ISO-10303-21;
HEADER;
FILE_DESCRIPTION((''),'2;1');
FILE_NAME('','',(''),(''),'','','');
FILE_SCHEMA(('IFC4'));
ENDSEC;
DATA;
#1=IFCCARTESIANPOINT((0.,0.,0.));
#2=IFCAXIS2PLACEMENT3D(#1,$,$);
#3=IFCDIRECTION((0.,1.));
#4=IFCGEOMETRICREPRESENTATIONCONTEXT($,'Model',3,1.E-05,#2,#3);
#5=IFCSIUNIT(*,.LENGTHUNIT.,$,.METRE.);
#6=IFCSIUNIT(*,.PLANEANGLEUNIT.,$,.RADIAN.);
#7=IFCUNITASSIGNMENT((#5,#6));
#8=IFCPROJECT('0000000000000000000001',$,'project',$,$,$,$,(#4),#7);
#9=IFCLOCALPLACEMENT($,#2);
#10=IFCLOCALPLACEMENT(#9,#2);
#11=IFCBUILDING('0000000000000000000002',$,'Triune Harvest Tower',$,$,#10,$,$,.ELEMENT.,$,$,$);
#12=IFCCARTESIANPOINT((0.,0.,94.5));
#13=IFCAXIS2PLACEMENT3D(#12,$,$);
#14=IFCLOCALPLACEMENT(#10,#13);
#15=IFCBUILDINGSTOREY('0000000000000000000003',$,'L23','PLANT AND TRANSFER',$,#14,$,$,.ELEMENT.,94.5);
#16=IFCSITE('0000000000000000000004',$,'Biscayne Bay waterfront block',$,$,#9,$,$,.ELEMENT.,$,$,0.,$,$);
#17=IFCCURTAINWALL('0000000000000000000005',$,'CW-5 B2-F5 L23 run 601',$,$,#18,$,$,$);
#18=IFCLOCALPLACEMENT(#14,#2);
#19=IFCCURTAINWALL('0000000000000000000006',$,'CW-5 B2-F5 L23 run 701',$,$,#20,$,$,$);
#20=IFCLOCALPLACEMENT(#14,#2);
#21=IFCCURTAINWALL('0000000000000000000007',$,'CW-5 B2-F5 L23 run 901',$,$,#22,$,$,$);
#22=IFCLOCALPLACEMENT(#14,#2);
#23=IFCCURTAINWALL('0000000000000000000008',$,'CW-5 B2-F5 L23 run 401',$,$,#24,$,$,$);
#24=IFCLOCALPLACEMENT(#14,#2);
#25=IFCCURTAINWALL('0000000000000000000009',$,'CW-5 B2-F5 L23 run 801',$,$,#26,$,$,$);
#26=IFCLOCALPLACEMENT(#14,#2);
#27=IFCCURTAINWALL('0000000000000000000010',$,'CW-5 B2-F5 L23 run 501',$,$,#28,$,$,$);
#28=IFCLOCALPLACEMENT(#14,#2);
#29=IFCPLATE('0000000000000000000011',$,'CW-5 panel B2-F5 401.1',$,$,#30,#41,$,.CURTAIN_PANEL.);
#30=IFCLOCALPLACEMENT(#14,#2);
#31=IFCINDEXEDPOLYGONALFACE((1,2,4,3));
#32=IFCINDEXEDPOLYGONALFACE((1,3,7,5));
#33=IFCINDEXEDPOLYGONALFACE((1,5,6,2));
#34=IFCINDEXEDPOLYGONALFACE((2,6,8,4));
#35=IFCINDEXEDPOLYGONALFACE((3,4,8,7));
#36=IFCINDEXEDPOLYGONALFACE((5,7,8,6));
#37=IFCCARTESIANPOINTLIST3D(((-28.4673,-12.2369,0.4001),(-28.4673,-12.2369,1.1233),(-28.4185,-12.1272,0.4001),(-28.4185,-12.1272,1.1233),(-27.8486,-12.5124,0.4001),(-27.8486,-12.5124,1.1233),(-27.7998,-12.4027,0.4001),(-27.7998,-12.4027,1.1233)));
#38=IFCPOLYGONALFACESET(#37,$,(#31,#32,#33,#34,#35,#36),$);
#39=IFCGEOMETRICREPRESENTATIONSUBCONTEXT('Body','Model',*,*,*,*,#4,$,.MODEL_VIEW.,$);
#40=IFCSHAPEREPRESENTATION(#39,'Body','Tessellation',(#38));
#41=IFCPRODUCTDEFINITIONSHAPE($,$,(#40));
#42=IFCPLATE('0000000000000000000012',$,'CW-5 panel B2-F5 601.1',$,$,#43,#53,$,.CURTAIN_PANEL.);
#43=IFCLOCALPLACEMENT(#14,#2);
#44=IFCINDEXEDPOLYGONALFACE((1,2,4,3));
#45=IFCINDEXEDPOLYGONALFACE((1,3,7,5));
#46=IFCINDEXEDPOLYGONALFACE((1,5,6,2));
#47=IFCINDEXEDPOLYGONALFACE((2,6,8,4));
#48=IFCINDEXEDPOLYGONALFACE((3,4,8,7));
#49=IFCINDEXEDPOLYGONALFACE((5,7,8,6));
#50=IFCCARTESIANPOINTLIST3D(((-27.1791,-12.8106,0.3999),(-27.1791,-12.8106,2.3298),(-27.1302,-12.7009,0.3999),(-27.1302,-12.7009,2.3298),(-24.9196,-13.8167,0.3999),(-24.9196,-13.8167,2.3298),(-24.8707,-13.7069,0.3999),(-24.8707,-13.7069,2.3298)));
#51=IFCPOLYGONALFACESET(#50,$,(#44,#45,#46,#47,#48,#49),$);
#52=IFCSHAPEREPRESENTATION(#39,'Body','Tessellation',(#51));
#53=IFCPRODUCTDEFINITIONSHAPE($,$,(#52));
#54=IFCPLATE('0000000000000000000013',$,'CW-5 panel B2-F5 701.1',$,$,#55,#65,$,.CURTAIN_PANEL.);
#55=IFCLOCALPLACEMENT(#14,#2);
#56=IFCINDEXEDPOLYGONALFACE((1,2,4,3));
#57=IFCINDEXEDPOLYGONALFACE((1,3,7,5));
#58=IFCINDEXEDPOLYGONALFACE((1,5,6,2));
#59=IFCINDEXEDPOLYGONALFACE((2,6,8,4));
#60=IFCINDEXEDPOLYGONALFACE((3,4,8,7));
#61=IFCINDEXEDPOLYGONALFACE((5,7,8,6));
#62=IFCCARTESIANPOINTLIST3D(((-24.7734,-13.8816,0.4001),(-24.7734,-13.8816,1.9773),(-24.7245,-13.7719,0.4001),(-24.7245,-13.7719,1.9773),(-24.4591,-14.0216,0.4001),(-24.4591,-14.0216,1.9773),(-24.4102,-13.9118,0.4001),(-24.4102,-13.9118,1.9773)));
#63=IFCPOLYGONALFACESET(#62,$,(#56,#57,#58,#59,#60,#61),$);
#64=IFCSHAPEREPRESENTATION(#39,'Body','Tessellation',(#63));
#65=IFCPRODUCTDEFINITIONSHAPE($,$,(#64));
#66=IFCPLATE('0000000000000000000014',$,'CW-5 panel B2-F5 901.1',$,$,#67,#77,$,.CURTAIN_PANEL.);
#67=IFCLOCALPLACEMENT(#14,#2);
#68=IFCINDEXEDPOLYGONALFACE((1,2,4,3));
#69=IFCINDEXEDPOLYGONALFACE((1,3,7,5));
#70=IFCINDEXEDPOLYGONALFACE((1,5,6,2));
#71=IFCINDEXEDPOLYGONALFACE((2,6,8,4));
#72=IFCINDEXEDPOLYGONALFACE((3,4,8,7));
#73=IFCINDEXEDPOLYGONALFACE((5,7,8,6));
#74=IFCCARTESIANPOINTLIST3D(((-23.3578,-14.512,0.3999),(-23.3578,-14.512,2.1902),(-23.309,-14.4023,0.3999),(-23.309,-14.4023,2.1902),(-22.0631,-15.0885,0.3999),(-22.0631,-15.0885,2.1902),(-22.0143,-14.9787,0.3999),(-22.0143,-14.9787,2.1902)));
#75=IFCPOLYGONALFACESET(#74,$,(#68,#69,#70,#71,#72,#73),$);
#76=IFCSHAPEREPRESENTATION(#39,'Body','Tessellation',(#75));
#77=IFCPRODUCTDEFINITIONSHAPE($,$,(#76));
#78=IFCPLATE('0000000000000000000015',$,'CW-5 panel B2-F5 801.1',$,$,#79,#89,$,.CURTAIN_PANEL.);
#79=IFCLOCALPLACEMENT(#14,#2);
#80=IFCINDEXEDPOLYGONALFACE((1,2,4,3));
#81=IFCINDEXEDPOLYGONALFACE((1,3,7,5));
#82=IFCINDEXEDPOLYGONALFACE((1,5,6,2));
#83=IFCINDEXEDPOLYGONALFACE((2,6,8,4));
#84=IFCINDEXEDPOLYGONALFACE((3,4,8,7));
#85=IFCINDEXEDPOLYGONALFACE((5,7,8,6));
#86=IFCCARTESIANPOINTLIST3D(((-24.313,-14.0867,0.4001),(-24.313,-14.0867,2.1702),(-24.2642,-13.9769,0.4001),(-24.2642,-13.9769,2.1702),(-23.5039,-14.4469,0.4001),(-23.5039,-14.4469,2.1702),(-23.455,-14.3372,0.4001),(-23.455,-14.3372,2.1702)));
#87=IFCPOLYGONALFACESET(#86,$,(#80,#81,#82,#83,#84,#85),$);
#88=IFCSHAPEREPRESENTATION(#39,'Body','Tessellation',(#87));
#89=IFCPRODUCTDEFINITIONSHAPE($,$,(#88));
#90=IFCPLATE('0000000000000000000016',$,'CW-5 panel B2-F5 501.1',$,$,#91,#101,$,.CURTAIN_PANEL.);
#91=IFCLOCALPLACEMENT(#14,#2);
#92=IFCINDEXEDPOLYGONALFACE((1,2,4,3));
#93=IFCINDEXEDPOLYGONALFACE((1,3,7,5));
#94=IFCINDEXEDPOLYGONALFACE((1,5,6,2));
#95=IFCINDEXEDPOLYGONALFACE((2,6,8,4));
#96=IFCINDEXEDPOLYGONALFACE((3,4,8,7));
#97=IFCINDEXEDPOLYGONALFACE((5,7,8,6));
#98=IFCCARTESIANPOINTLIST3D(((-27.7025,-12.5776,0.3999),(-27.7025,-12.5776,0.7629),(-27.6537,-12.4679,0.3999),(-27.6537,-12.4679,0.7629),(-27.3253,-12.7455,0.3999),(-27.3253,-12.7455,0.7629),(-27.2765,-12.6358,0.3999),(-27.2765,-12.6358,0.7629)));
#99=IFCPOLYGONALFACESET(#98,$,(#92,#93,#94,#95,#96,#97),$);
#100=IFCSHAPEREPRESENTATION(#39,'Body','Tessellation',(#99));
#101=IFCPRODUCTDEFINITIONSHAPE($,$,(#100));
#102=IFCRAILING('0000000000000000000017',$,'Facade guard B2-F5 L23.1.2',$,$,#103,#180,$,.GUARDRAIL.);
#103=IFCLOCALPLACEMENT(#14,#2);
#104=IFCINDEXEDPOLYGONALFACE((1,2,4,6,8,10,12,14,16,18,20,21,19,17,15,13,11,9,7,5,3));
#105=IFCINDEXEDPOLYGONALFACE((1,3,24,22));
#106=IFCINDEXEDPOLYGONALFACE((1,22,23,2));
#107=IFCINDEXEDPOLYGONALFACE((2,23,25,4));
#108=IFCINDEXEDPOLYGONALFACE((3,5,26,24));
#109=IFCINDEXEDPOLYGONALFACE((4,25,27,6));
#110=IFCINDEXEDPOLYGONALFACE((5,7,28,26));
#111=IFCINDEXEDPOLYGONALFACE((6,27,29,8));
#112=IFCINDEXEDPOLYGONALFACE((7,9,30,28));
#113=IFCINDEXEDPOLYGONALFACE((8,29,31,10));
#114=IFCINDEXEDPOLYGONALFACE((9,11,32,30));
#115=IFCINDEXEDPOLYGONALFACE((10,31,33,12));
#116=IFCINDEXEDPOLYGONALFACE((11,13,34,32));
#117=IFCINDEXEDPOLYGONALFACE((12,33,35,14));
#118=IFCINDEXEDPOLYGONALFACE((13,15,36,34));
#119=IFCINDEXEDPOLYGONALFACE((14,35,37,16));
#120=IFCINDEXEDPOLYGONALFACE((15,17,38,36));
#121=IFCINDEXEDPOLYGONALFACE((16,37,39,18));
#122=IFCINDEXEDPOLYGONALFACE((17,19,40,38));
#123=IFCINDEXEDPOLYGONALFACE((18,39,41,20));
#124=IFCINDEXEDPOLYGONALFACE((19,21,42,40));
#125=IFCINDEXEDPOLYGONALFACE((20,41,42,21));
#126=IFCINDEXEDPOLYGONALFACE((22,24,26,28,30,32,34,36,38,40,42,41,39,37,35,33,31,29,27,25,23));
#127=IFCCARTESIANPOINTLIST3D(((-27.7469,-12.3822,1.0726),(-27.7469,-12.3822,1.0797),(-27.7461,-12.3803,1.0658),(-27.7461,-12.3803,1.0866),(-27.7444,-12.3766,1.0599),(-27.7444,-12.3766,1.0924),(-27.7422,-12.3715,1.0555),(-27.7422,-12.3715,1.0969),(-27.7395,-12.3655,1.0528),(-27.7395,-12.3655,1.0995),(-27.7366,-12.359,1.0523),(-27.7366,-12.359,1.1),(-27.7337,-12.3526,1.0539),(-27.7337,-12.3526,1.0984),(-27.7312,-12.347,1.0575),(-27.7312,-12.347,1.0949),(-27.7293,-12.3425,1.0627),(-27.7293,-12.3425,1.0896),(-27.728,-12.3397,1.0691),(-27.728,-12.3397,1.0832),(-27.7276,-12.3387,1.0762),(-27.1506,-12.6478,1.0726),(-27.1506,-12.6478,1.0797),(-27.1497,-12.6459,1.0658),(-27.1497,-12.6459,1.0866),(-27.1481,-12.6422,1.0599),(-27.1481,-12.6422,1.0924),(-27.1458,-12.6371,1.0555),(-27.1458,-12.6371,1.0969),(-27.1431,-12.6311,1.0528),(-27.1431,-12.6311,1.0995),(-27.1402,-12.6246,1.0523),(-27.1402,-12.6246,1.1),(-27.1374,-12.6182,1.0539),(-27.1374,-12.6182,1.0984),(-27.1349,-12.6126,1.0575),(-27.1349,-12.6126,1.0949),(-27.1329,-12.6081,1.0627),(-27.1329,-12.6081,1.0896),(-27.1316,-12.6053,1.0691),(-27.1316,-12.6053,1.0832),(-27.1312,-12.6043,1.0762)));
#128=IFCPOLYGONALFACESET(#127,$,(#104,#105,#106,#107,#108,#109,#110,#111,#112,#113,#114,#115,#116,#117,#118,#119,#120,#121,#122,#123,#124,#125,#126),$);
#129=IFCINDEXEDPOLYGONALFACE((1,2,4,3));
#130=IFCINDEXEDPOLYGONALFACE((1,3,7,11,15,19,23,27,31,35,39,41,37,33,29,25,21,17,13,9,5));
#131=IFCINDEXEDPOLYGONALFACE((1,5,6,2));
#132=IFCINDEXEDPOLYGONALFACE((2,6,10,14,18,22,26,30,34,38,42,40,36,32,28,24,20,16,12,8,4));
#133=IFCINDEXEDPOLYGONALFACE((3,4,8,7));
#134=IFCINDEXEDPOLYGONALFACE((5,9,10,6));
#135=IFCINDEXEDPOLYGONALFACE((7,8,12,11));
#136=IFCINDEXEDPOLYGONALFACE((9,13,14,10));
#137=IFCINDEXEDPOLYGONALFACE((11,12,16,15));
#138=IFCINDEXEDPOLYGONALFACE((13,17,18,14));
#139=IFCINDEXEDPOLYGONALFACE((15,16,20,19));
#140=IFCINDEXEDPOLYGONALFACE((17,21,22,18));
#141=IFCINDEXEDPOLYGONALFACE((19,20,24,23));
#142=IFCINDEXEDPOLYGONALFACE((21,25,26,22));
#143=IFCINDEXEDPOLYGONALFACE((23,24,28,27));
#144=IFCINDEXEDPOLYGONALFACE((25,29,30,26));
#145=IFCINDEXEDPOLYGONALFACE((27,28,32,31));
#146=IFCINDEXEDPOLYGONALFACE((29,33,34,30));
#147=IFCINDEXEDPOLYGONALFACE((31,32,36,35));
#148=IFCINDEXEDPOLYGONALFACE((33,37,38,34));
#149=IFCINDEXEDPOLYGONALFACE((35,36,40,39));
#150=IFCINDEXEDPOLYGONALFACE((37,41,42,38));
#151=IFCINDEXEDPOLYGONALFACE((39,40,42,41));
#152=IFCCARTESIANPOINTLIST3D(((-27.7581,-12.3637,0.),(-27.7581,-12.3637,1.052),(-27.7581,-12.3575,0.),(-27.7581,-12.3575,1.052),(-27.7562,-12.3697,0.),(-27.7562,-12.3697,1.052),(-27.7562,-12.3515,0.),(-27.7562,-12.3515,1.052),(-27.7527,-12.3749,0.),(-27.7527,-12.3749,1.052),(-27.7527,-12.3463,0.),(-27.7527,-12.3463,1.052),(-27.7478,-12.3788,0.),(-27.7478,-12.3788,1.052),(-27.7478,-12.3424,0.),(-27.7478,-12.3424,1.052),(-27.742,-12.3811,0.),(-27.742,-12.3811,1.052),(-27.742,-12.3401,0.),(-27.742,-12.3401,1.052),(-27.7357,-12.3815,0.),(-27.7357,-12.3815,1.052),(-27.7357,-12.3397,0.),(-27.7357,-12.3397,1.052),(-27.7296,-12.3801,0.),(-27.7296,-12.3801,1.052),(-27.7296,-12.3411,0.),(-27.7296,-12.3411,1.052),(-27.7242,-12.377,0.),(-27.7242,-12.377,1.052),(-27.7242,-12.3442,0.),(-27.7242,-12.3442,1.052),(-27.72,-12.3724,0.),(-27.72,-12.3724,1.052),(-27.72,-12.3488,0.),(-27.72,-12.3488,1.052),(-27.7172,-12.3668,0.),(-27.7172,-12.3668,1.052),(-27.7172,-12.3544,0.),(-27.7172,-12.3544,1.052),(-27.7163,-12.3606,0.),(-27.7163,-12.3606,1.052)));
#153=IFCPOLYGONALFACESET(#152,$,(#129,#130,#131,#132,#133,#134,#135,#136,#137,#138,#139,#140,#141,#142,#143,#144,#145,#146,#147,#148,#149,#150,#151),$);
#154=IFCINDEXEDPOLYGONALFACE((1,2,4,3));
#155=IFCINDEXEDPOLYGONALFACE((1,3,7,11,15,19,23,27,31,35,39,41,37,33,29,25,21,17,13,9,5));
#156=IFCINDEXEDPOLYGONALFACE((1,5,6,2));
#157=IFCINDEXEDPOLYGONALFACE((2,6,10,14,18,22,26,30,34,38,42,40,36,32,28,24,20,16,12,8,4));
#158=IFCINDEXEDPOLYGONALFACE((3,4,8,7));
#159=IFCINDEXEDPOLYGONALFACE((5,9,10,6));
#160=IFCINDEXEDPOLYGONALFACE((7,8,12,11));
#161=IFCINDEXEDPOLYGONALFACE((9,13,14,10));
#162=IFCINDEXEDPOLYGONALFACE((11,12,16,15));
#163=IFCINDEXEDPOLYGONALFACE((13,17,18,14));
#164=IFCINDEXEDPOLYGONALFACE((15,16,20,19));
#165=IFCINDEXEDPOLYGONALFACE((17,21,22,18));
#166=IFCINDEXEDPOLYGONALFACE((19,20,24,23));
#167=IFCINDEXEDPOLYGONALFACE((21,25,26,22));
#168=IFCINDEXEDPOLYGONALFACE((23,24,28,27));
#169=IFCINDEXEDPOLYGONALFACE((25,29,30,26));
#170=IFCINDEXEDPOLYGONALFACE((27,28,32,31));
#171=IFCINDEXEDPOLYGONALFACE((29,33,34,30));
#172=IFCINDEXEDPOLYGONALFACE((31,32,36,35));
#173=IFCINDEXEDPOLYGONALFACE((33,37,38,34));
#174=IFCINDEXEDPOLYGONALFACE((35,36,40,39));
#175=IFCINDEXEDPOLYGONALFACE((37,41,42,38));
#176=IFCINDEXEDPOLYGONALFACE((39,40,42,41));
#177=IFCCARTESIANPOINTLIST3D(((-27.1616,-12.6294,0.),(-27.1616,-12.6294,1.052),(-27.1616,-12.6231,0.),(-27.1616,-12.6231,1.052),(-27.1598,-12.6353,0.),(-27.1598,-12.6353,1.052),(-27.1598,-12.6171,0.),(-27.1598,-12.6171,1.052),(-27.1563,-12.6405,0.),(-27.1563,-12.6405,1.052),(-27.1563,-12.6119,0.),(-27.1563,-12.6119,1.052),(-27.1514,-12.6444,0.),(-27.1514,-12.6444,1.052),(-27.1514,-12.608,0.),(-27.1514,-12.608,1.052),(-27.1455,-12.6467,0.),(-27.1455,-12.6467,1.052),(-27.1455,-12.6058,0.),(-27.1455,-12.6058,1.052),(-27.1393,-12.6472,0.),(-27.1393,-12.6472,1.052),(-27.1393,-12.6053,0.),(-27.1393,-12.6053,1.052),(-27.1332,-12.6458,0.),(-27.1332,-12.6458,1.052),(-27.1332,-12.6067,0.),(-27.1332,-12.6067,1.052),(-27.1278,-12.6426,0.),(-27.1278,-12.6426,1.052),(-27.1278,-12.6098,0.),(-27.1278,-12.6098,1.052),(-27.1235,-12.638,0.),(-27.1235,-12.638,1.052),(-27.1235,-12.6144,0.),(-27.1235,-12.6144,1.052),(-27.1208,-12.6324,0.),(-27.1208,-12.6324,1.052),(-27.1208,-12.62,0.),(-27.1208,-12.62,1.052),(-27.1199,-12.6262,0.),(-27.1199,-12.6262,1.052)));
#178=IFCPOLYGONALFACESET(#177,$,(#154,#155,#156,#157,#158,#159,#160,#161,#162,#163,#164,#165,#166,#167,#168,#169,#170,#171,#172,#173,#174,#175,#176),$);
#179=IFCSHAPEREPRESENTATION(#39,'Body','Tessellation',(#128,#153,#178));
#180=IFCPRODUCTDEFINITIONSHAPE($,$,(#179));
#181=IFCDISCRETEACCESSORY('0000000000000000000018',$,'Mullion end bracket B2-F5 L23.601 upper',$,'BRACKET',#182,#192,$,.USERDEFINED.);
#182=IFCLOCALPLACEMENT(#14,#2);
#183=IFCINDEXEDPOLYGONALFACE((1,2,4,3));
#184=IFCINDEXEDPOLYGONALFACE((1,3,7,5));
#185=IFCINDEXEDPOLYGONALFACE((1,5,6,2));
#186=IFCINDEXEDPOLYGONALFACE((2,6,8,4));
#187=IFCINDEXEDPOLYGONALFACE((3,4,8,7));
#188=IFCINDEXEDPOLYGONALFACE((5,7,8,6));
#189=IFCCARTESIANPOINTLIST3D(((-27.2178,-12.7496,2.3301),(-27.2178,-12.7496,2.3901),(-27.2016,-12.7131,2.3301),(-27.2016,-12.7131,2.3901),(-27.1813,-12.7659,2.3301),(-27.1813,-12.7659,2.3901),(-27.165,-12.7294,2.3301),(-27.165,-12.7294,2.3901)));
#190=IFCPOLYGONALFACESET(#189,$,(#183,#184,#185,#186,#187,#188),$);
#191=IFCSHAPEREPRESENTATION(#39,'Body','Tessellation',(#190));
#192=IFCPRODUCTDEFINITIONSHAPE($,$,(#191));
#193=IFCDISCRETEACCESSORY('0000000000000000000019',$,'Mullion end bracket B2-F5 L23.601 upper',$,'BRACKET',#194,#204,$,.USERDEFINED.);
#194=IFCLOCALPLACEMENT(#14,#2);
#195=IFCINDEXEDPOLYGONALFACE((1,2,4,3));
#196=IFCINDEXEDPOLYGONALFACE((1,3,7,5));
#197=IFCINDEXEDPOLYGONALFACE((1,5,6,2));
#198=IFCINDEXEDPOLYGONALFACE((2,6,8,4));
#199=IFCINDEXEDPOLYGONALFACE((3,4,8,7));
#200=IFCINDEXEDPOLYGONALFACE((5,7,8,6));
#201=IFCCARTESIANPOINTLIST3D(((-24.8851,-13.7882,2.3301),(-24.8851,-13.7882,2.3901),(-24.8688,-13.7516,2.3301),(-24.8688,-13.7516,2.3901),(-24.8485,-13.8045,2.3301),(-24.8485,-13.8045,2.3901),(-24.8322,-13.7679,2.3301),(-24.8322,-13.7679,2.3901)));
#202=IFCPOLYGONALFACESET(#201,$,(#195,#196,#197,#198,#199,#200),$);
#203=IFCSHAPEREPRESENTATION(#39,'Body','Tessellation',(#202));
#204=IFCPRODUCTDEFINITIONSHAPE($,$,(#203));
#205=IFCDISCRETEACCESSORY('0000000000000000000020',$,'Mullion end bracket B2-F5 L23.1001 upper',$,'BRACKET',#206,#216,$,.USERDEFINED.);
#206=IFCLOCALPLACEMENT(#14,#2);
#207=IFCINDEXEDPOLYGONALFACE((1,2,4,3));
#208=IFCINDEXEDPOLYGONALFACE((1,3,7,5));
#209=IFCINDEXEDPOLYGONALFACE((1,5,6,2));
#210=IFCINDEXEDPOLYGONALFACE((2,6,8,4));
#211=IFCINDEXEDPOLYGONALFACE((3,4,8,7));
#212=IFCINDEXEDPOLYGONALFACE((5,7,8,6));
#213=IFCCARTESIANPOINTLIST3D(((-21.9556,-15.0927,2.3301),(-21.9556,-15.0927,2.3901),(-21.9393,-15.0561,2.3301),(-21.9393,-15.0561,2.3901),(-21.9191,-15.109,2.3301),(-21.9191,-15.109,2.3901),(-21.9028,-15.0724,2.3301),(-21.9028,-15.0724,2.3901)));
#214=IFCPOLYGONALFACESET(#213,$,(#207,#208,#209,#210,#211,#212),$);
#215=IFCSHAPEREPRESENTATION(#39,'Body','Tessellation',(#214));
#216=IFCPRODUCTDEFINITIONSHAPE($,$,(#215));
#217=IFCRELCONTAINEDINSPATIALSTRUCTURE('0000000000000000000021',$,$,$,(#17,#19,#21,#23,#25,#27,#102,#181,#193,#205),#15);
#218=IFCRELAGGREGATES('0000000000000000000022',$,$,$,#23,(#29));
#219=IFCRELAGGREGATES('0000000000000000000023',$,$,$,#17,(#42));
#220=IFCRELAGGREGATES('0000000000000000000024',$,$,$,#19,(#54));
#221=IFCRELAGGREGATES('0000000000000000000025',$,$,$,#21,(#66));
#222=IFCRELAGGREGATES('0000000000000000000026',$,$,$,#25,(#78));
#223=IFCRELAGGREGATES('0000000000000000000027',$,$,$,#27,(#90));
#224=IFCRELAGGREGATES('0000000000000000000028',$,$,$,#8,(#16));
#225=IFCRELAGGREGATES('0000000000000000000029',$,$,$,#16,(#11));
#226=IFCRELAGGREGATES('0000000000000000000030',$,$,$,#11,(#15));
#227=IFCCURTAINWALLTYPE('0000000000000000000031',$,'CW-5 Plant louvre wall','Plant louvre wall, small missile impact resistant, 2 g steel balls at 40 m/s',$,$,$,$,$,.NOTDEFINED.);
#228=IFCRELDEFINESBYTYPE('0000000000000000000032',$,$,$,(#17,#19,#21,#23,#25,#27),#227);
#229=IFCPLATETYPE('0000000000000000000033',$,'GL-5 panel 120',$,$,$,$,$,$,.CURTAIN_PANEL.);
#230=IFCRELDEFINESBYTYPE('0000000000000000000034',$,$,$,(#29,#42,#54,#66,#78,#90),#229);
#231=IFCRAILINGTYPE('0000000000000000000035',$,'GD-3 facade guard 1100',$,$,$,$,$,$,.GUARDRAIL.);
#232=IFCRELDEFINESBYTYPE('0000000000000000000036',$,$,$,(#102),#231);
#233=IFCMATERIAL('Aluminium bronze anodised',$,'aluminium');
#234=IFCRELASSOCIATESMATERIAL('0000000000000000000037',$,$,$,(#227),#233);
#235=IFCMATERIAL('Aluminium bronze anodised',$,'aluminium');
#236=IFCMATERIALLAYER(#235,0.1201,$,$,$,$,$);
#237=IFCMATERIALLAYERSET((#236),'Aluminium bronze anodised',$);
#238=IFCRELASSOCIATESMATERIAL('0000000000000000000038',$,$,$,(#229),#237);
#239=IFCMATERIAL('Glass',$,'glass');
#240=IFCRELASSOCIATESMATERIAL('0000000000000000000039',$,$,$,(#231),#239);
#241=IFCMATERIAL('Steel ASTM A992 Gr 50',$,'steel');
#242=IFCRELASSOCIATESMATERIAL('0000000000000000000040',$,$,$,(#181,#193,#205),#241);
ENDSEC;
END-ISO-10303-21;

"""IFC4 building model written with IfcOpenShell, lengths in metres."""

from ifc_helpers import new_model, si_unit, direction, frame, origin, origin_2d, place, context, subcontext, project, spatial, rectangle, circle, extrude, source, transform, mapped, material, layer, layer_set, type_object, element, aggregate, save


model = new_model("IFC4")

# Units and contexts
model_context = context("Model", 3, precision=1e-05, world=origin(), true_north=direction((0.0, 1.0)))
body_context = subcontext(model_context, "Body", "Model", "MODEL_VIEW")
ifc_project = project(units=[si_unit("LENGTHUNIT", "METRE"), si_unit("PLANEANGLEUNIT", "RADIAN")], contexts=[model_context])

# Site, building, storey
site_placement = place(None, origin())
site = spatial("IfcSite", under=ifc_project, at=site_placement, Name="Biscayne Bay waterfront block", CompositionType="ELEMENT", RefElevation=0.0)
building_placement = place(site_placement, origin())
building = spatial("IfcBuilding", under=site, at=building_placement, Name="Triune Harvest Tower", CompositionType="ELEMENT")
storey_placement = place(building_placement, frame((0.0, 0.0, 94.5)))
storey = spatial("IfcBuildingStorey", under=building, at=storey_placement, Name="L23", Description="PLANT AND TRANSFER", CompositionType="ELEMENT", Elevation=94.5)

# Curtain walls
ifc_material_1 = material(Name="Aluminium bronze anodised", Category="aluminium")
curtain_wall_type = type_object("IfcCurtainWallType", Name="CW-5 Plant louvre wall", Description="Plant louvre wall, small missile impact resistant, 2 g steel balls at 40 m/s", PredefinedType="NOTDEFINED", material=ifc_material_1)
curtain_wall_1_placement = place(storey_placement, origin())
curtain_wall_1 = element("IfcCurtainWall", 1, at=curtain_wall_1_placement, inside=storey, type_object=curtain_wall_type, Name="CW-5 B2-F5 L23 run 601")
curtain_wall_2_placement = place(storey_placement, origin())
curtain_wall_2 = element("IfcCurtainWall", 2, at=curtain_wall_2_placement, inside=storey, type_object=curtain_wall_type, Name="CW-5 B2-F5 L23 run 701")
curtain_wall_3_placement = place(storey_placement, origin())
curtain_wall_3 = element("IfcCurtainWall", 3, at=curtain_wall_3_placement, inside=storey, type_object=curtain_wall_type, Name="CW-5 B2-F5 L23 run 901")

# Curtain wall
curtain_wall_4_placement = place(storey_placement, origin())
curtain_wall_4 = element("IfcCurtainWall", 4, at=curtain_wall_4_placement, inside=storey, type_object=curtain_wall_type, Name="CW-5 B2-F5 L23 run 401")

# Curtain walls
curtain_wall_5_placement = place(storey_placement, origin())
curtain_wall_5 = element("IfcCurtainWall", 5, at=curtain_wall_5_placement, inside=storey, type_object=curtain_wall_type, Name="CW-5 B2-F5 L23 run 801")
curtain_wall_6_placement = place(storey_placement, origin())
curtain_wall_6 = element("IfcCurtainWall", 6, at=curtain_wall_6_placement, inside=storey, type_object=curtain_wall_type, Name="CW-5 B2-F5 L23 run 501")

# Plates
ifc_material_2 = material(Name="Aluminium bronze anodised", Category="aluminium")
ifc_layer = layer(ifc_material_2, 0.1201)
ifc_layer_set = layer_set([ifc_layer], Name="Aluminium bronze anodised")
plate_type = type_object("IfcPlateType", Name="GL-5 panel 120", PredefinedType="CURTAIN_PANEL", material=ifc_layer_set)
plate_1_placement = place(storey_placement, frame((-28.1335, -12.3198, 0.4001), z_axis=(0.0, 0.0, 1.0), x_axis=(0.913526, -0.406781, 0.0)))
plate_1 = element("IfcPlate", 7, at=plate_1_placement, type_object=plate_type, Name="CW-5 panel B2-F5 401.1", PredefinedType="CURTAIN_PANEL", context=body_context, shape_type="SweptSolid", body=[
    extrude(rectangle(XDim=0.6772, YDim=0.1201, at=origin_2d()), origin(), (0.0, 0.0, 1.0), 0.7231),
])
aggregate(curtain_wall_4, [plate_1])
plate_2_placement = place(storey_placement, frame((-26.0249, -13.2588, 0.3999), z_axis=(0.0, 0.0, 1.0), x_axis=(0.913544, -0.406741, 0.0)))
plate_2 = element("IfcPlate", 8, at=plate_2_placement, type_object=plate_type, Name="CW-5 panel B2-F5 601.1", PredefinedType="CURTAIN_PANEL", context=body_context, shape_type="SweptSolid", body=[
    extrude(rectangle(XDim=2.4734, YDim=0.1201, at=origin_2d()), origin(), (0.0, 0.0, 1.0), 1.9299),
])
aggregate(curtain_wall_1, [plate_2])
plate_3_placement = place(storey_placement, frame((-24.5918, -13.8967, 0.4001), z_axis=(0.0, 0.0, 1.0), x_axis=(0.913533, -0.406764, 0.0)))
plate_3 = element("IfcPlate", 9, at=plate_3_placement, type_object=plate_type, Name="CW-5 panel B2-F5 701.1", PredefinedType="CURTAIN_PANEL", context=body_context, shape_type="SweptSolid", body=[
    extrude(rectangle(XDim=0.344, YDim=0.1201, at=origin_2d()), origin(), (0.0, 0.0, 1.0), 1.5771),
])
aggregate(curtain_wall_2, [plate_3])
plate_4_placement = place(storey_placement, frame((-22.686, -14.7454, 0.3999), z_axis=(0.0, 0.0, 1.0), x_axis=(0.913542, -0.406744, 0.0)))
plate_4 = element("IfcPlate", 10, at=plate_4_placement, type_object=plate_type, Name="CW-5 panel B2-F5 901.1", PredefinedType="CURTAIN_PANEL", context=body_context, shape_type="SweptSolid", body=[
    extrude(rectangle(XDim=1.4172, YDim=0.1201, at=origin_2d()), origin(), (0.0, 0.0, 1.0), 1.7903),
])
aggregate(curtain_wall_3, [plate_4])
shared_shape_1 = source(origin(), body_context, "Body", "SweptSolid", [
    extrude(rectangle(XDim=0.8857, YDim=0.1201, at=origin_2d()), origin(), (0.0, 0.0, 1.0), 1.77),
])
plate_5_placement = place(storey_placement, frame((-23.884, -14.2119, 0.4001), z_axis=(0.0, 0.0, 1.0), x_axis=(0.913555, -0.406715, 0.0)))
plate_5 = element("IfcPlate", 11, at=plate_5_placement, type_object=plate_type, Name="CW-5 panel B2-F5 801.1", PredefinedType="CURTAIN_PANEL", context=body_context, shape_type="MappedRepresentation", body=[
    mapped(shared_shape_1, transform((0.0, 0.0, 0.0), scale=1.0)),
])
aggregate(curtain_wall_5, [plate_5])
shared_shape_2 = source(origin(), body_context, "Body", "SweptSolid", [
    extrude(rectangle(XDim=0.4128, YDim=0.1201, at=origin_2d()), origin(), (0.0, 0.0, 1.0), 0.363),
])
plate_6_placement = place(storey_placement, frame((-27.4895, -12.6067, 0.3999), z_axis=(0.0, 0.0, 1.0), x_axis=(0.913567, -0.406689, 0.0)))
plate_6 = element("IfcPlate", 12, at=plate_6_placement, type_object=plate_type, Name="CW-5 panel B2-F5 501.1", PredefinedType="CURTAIN_PANEL", context=body_context, shape_type="MappedRepresentation", body=[
    mapped(shared_shape_2, transform((0.0, 0.0, 0.0), scale=1.0)),
])
aggregate(curtain_wall_6, [plate_6])

# Railing
ifc_material_3 = material(Name="Glass", Category="glass")
railing_type = type_object("IfcRailingType", Name="GD-3 facade guard 1100", PredefinedType="GUARDRAIL", material=ifc_material_3)
railing_placement = place(storey_placement, frame((-27.7373, -12.3606, 0.0)))
element("IfcRailing", 13, at=railing_placement, inside=storey, type_object=railing_type, Name="Facade guard B2-F5 L23.1.2", PredefinedType="GUARDRAIL", context=body_context, shape_type="SweptSolid", body=[
    extrude(circle(Radius=0.0239, at=origin_2d()), frame((0.0, 0.0, 1.0762), z_axis=(0.913503, -0.406832, 0.0), x_axis=(0.406832, 0.913503, 0.0)), (0.0, 0.0, 1.0), 0.6528),
    extrude(circle(Radius=0.021, at=origin_2d()), origin(), (0.0, 0.0, 1.0), 1.052),
    extrude(circle(Radius=0.021, at=origin_2d()), frame((0.5964, -0.2656, 0.0)), (0.0, 0.0, 1.0), 1.052),
])

# Discrete accessories
ifc_material_4 = material(Name="Steel ASTM A992 Gr 50", Category="steel")
shared_shape_3 = source(origin(), body_context, "Body", "SweptSolid", [
    extrude(rectangle(XDim=0.04, YDim=0.04, at=origin_2d()), origin(), (0.0, 0.0, 1.0), 0.0601),
])
for number, where, z_axis, x_axis, name in (
    (14, (-27.1914, -12.7395, 2.3301), (0.0, 0.0, 1.0), (0.913543, -0.406741, 0.0), "Mullion end bracket B2-F5 L23.601 upper"),
    (15, (-24.8586, -13.7781, 2.3301), (0.0, 0.0, 1.0), (0.913543, -0.406741, 0.0), "Mullion end bracket B2-F5 L23.601 upper"),
    (16, (-21.9292, -15.0825, 2.3301), (0.0, 0.0, 1.0), (0.913542, -0.406745, 0.0), "Mullion end bracket B2-F5 L23.1001 upper"),
):
    element("IfcDiscreteAccessory", number, at=place(storey_placement, frame(where, z_axis=z_axis, x_axis=x_axis)), inside=storey, material=ifc_material_4, Name=name, ObjectType="BRACKET", PredefinedType="USERDEFINED", context=body_context, shape_type="MappedRepresentation", body=[
        mapped(shared_shape_3, transform((0.0, 0.0, 0.0), scale=1.0)),
    ])

save(model, "model.ifc")
